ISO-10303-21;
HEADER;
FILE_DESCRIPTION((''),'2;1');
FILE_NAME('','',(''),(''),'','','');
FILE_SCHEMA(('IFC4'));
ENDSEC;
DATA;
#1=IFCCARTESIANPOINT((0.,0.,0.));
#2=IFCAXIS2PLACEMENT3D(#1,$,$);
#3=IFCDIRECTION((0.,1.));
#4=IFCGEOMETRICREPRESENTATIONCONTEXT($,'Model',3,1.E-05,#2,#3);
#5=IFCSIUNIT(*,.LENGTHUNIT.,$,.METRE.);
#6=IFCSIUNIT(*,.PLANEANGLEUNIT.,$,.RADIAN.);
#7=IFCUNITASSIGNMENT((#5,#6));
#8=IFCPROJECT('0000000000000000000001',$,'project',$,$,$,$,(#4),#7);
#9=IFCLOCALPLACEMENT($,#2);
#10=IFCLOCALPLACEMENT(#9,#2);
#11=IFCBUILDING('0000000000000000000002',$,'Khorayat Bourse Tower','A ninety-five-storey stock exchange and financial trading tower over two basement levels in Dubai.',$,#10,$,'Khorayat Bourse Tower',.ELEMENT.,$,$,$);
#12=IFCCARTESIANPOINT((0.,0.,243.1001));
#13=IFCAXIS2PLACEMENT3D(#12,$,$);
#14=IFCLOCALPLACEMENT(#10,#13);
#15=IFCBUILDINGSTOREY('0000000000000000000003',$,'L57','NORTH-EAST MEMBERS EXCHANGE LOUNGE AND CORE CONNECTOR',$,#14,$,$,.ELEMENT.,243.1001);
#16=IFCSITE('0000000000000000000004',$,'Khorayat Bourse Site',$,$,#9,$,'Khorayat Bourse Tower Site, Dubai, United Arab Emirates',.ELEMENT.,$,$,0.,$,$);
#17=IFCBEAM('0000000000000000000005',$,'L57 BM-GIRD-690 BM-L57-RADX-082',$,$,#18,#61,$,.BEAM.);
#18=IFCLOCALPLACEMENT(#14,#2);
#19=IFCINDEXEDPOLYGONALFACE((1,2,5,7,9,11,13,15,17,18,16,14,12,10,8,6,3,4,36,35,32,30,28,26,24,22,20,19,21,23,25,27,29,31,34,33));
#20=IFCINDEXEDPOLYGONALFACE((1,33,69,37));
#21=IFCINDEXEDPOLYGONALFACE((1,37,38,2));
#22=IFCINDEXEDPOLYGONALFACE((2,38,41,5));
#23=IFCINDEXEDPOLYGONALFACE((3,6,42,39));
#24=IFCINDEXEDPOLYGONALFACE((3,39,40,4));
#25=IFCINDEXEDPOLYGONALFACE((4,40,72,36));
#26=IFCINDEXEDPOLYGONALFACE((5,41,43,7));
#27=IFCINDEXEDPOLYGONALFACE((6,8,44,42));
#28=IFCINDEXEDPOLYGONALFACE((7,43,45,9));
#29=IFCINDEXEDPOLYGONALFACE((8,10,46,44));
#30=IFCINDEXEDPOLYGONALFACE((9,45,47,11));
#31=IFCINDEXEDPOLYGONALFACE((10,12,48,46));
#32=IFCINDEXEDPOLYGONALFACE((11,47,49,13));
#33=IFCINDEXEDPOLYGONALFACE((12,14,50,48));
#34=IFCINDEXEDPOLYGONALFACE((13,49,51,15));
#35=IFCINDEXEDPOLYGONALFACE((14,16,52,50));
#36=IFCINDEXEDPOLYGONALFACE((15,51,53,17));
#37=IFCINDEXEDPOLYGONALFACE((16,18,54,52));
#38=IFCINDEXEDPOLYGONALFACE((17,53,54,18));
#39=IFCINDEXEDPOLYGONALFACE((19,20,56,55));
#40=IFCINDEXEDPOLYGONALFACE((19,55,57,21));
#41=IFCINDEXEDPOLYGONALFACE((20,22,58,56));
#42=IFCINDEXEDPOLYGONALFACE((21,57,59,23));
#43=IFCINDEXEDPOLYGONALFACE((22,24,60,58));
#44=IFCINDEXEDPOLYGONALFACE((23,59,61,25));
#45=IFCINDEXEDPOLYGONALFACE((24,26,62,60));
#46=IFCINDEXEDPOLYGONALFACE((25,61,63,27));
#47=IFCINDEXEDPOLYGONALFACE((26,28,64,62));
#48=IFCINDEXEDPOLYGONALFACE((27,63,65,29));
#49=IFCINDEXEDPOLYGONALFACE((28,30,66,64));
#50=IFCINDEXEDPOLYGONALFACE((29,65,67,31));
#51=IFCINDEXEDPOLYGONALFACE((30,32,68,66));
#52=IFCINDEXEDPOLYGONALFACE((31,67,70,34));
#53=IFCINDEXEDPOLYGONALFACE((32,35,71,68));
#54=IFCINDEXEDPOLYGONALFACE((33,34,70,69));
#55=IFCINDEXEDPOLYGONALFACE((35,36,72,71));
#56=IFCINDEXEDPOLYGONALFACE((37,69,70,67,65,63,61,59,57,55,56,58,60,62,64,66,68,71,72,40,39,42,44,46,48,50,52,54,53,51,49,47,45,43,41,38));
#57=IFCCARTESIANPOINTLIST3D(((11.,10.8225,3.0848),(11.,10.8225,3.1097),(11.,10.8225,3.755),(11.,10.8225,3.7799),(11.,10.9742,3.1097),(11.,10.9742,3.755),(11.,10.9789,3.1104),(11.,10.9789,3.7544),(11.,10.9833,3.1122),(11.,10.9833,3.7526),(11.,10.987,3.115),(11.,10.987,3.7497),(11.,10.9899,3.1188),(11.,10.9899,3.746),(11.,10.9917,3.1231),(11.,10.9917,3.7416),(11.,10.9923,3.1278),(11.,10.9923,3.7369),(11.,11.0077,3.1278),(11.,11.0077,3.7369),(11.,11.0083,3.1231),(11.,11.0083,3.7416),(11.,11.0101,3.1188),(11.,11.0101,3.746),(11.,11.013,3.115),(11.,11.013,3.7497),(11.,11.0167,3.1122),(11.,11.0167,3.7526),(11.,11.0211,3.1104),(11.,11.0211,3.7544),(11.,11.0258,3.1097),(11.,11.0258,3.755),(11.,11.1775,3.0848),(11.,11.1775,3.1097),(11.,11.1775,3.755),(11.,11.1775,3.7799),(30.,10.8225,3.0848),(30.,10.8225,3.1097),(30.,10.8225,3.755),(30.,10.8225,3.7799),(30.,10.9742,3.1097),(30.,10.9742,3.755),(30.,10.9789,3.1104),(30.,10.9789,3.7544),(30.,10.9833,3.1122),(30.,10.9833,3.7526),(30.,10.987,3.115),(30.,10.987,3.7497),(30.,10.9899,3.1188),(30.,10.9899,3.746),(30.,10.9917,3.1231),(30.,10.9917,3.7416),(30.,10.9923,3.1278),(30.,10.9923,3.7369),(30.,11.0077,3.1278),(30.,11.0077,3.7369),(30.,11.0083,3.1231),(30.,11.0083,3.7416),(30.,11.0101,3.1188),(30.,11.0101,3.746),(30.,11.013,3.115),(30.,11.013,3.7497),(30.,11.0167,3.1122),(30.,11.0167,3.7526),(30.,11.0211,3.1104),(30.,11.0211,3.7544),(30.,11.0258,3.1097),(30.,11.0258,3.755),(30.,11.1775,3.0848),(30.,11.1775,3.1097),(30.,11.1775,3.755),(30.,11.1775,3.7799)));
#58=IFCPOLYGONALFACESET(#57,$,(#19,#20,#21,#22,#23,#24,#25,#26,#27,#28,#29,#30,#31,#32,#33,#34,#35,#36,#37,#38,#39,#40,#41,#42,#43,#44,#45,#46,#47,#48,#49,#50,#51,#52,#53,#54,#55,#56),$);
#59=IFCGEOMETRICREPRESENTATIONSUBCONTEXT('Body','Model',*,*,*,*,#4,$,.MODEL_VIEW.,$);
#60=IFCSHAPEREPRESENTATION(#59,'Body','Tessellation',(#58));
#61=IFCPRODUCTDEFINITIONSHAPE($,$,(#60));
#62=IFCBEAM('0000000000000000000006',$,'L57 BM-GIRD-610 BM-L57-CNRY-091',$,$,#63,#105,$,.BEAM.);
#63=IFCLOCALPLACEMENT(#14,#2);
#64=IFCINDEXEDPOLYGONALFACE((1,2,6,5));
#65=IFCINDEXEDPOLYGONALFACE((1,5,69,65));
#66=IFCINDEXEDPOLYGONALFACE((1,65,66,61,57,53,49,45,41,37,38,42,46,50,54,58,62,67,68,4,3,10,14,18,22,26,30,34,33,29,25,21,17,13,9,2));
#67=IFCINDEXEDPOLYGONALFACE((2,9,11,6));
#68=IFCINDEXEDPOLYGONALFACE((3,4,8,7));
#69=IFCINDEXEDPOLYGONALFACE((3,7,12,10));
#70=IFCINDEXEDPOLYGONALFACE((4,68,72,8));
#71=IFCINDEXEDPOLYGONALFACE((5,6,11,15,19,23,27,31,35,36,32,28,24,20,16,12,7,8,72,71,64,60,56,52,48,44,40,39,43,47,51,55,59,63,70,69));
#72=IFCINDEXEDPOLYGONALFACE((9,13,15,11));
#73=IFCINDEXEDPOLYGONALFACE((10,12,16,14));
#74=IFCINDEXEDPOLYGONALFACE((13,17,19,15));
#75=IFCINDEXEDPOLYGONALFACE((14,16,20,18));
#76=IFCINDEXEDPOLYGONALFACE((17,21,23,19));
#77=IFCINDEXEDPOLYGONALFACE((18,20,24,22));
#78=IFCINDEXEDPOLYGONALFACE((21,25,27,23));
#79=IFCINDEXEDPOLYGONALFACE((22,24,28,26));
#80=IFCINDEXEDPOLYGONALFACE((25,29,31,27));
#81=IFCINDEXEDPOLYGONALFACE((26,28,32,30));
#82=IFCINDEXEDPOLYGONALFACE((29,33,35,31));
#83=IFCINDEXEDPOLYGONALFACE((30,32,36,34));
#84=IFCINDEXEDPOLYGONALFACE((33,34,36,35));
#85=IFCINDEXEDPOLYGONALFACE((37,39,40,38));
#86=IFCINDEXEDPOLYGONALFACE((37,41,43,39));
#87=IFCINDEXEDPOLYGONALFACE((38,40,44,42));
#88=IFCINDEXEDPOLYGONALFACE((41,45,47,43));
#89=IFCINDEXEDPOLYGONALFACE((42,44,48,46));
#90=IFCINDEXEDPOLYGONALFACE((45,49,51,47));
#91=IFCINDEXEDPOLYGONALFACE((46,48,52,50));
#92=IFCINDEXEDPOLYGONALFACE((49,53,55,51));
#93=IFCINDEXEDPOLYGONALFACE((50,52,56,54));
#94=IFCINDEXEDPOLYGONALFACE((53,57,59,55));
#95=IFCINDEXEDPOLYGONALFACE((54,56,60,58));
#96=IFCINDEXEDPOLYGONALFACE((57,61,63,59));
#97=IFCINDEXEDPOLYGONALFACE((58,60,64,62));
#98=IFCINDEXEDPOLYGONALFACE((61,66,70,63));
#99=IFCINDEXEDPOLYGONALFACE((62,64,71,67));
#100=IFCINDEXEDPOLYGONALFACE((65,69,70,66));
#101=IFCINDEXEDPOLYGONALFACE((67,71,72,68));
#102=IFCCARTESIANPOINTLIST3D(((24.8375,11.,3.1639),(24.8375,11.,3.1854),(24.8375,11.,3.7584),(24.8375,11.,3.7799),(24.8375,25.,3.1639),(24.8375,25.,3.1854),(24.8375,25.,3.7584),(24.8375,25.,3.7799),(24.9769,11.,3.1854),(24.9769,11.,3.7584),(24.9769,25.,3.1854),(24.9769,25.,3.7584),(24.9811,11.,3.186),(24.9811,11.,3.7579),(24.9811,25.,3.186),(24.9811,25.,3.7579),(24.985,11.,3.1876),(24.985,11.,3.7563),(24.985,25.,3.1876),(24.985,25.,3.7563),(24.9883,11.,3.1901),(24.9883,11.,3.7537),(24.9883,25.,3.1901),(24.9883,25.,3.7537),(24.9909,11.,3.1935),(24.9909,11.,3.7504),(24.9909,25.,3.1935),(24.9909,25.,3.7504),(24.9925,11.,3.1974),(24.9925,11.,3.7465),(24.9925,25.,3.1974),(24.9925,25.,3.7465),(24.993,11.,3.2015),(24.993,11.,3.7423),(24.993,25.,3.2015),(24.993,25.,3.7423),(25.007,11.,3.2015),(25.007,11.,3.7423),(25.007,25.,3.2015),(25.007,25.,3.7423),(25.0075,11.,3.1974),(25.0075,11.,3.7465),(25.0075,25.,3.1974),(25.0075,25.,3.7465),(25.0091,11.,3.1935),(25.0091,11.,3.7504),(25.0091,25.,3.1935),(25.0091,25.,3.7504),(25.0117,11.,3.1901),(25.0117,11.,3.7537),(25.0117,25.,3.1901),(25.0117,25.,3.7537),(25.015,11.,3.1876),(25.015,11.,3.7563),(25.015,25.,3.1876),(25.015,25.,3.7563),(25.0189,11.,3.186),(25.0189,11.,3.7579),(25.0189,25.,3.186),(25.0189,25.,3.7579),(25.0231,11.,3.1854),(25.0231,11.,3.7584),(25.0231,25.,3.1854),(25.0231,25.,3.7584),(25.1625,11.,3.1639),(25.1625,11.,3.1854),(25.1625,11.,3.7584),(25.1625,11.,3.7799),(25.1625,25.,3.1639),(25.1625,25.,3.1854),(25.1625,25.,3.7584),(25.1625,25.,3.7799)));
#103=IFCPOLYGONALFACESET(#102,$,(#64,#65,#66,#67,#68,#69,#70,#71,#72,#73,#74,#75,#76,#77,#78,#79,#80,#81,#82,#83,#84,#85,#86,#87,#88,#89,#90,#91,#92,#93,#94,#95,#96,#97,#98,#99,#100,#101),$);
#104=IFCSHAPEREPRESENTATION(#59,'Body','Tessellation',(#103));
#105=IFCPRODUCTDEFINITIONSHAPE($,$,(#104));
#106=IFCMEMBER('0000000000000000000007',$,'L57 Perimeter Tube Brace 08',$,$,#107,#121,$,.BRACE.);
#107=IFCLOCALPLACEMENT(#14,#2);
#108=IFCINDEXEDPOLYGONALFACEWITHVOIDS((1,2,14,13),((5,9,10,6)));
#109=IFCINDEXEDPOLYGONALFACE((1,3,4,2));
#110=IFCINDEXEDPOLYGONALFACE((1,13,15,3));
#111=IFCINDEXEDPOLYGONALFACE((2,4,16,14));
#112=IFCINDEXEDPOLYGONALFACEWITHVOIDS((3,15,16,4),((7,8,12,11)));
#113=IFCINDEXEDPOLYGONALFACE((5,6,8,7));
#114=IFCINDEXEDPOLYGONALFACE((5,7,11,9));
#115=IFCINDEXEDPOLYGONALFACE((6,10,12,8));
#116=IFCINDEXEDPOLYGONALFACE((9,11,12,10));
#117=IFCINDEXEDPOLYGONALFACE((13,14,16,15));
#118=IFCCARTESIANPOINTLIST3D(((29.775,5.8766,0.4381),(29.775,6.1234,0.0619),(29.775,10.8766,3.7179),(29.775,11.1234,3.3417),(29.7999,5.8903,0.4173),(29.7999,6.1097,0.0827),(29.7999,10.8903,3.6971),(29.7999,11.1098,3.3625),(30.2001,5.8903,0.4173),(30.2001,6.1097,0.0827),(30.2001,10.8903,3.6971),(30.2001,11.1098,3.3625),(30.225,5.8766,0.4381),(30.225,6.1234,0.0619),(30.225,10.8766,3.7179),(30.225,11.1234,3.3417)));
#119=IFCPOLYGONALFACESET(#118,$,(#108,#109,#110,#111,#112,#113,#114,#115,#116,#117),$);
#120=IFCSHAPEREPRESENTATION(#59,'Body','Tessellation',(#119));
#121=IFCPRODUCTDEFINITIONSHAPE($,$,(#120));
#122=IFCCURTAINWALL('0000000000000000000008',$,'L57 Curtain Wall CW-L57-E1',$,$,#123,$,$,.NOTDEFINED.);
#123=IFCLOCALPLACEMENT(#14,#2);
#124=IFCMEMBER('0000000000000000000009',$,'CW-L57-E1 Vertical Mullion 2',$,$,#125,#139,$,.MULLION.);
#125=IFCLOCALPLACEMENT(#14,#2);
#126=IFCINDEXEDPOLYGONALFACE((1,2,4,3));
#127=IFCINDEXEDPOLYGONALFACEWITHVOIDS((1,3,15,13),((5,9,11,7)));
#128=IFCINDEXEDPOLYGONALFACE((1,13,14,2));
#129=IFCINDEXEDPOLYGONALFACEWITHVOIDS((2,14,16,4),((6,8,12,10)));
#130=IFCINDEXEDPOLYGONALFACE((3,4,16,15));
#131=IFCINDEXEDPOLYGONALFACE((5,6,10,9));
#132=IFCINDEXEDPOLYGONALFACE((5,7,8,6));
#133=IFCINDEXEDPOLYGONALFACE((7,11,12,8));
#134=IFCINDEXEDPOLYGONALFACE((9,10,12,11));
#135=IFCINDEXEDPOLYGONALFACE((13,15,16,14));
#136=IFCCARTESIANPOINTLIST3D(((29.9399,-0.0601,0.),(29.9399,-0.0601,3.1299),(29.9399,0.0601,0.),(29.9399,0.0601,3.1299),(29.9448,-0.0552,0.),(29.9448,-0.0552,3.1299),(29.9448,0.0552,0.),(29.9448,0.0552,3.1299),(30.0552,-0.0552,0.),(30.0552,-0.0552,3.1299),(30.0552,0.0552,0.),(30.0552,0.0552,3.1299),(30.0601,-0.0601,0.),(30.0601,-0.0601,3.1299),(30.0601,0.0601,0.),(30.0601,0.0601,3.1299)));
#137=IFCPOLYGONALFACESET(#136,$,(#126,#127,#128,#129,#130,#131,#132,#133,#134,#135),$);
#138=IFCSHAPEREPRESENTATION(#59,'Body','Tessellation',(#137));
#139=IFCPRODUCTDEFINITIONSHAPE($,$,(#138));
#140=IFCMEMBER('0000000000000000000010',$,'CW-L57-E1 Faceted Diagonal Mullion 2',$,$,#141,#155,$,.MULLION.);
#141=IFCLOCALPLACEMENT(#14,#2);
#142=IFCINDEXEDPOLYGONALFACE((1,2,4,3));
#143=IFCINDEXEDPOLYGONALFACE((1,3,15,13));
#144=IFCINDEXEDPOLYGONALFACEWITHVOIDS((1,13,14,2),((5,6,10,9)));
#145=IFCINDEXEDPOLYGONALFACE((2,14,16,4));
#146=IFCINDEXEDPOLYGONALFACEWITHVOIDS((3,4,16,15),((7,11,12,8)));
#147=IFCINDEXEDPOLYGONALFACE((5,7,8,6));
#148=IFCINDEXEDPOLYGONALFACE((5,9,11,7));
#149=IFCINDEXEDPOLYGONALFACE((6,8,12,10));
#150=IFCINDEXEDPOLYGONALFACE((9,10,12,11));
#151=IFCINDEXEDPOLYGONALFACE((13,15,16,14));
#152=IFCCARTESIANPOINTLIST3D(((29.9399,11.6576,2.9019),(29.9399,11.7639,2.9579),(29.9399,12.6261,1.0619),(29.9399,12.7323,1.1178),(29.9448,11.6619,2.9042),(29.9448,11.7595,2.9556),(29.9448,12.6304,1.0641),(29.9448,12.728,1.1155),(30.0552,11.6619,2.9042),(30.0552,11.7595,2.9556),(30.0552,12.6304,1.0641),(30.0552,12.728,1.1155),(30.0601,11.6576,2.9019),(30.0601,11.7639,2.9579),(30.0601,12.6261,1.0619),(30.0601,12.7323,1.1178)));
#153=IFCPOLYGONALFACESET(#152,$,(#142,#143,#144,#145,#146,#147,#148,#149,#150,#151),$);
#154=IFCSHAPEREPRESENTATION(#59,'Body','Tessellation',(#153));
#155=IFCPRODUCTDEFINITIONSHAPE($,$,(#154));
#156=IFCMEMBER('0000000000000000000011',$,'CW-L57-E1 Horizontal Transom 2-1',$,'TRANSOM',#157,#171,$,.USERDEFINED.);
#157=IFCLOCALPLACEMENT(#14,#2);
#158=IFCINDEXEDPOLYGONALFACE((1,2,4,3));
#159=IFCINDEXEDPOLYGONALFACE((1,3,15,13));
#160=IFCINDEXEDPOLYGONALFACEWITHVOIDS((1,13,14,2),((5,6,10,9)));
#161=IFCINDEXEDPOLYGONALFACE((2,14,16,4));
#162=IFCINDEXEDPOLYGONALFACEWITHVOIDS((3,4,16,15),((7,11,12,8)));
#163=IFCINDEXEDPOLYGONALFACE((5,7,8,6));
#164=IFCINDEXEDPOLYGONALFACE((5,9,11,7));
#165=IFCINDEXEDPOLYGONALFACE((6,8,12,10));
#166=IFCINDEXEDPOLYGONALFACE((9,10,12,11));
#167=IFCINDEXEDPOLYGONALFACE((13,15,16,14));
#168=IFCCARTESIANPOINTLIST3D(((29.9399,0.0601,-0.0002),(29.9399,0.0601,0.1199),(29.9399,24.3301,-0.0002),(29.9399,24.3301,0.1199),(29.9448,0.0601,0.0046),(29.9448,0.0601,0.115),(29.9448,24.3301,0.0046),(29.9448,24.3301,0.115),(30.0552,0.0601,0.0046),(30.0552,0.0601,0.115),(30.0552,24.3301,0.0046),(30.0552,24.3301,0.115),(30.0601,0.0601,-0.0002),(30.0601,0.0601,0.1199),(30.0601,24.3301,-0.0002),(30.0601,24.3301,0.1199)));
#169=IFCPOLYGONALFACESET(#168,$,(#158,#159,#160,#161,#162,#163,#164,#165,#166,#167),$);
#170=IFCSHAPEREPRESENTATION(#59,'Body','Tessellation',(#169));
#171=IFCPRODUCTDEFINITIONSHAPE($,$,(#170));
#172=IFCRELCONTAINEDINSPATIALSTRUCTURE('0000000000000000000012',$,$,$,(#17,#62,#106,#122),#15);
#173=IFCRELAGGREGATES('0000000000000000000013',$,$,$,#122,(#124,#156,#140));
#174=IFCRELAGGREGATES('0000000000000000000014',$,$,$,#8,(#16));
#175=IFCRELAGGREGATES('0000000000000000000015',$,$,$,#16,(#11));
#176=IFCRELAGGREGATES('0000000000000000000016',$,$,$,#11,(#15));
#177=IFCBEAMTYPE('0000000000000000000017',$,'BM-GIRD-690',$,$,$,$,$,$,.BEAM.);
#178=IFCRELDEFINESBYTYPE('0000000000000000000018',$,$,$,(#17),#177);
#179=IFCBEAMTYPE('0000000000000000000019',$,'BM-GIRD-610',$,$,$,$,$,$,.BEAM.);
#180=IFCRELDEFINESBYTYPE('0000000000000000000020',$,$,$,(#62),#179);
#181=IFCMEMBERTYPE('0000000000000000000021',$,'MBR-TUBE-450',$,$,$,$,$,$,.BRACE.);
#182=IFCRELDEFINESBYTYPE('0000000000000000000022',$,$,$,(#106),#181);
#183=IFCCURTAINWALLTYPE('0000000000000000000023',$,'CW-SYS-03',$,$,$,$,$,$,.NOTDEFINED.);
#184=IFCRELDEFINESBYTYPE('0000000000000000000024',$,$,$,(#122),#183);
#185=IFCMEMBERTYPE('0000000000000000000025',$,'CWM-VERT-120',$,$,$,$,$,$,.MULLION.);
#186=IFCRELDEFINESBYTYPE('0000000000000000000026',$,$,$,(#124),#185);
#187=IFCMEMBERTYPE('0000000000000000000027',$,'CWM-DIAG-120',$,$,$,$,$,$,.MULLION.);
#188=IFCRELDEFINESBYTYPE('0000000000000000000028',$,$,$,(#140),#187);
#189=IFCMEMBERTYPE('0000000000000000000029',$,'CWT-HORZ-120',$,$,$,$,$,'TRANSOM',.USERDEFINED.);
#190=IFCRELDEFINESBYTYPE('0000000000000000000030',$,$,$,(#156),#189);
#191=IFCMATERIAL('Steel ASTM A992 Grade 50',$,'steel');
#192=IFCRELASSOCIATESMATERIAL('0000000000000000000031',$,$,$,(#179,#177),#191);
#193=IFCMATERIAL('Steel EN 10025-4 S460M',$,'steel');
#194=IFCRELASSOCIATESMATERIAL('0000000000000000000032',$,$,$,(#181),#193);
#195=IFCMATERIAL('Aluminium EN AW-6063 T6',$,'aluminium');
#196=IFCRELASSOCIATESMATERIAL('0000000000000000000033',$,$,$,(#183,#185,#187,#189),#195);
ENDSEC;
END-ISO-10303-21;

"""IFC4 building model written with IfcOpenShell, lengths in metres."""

from ifc_helpers import new_model, si_unit, direction, frame, origin, origin_2d, place, context, subcontext, project, spatial, hollow_rectangle, i_section, extrude, source, transform, mapped, material, material_profile, profile_set, type_object, element, aggregate, save


model = new_model("IFC4")

# Units and contexts
model_context = context("Model", 3, precision=1e-05, world=origin(), true_north=direction((0.0, 1.0)))
body_context = subcontext(model_context, "Body", "Model", "MODEL_VIEW")
ifc_project = project(units=[si_unit("LENGTHUNIT", "METRE"), si_unit("PLANEANGLEUNIT", "RADIAN")], contexts=[model_context])

# Site, building, storey
site_placement = place(None, origin())
site = spatial("IfcSite", under=ifc_project, at=site_placement, Name="Khorayat Bourse Site", LongName="Khorayat Bourse Tower Site, Dubai, United Arab Emirates", CompositionType="ELEMENT", RefElevation=0.0)
building_placement = place(site_placement, origin())
building = spatial("IfcBuilding", under=site, at=building_placement, Name="Khorayat Bourse Tower", Description="A ninety-five-storey stock exchange and financial trading tower over two basement levels in Dubai.", LongName="Khorayat Bourse Tower", CompositionType="ELEMENT")
storey_placement = place(building_placement, frame((0.0, 0.0, 243.1001)))
storey = spatial("IfcBuildingStorey", under=building, at=storey_placement, Name="L57", Description="NORTH-EAST MEMBERS EXCHANGE LOUNGE AND CORE CONNECTOR", CompositionType="ELEMENT", Elevation=243.1001)

# Shared definitions
ifc_material_1 = material(Name="Steel EN 10025-4 S460M", Category="steel")

# Beams
ifc_material_2 = material(Name="Steel ASTM A992 Grade 50", Category="steel")
ifc_material_profile_1 = material_profile(ifc_material_2, i_section(OverallWidth=0.325, OverallDepth=0.616, WebThickness=0.0139, FlangeThickness=0.0215, FilletRadius=0.0161, at=origin_2d()), Name="W610X174")
ifc_profile_set_1 = profile_set([ifc_material_profile_1], Name="Steel ASTM A992 Grade 50")
beam_type_1 = type_object("IfcBeamType", Name="BM-GIRD-610", PredefinedType="BEAM", material=ifc_profile_set_1)
ifc_material_profile_2 = material_profile(ifc_material_2, i_section(OverallWidth=0.355, OverallDepth=0.6951, WebThickness=0.0154, FlangeThickness=0.0249, FilletRadius=0.0181, at=origin_2d()), Name="W690X217")
ifc_profile_set_2 = profile_set([ifc_material_profile_2], Name="Steel ASTM A992 Grade 50")
beam_type_2 = type_object("IfcBeamType", Name="BM-GIRD-690", PredefinedType="BEAM", material=ifc_profile_set_2)
shared_shape_1 = source(origin(), body_context, "Body", "SweptSolid", [
    extrude(i_section(OverallWidth=0.355, OverallDepth=0.6951, WebThickness=0.0154, FlangeThickness=0.0249, FilletRadius=0.0181, at=origin_2d()), origin(), (0.0, 0.0, 1.0), 19.0),
])
for number, where, z_axis, x_axis, name in (
    (1, (11.0, 11.0, 3.4324), (1.0, 0.0, 0.0), (0.0, 1.0, 0.0), "L57 BM-GIRD-690 BM-L57-RADX-082"),
):
    element("IfcBeam", number, at=place(storey_placement, frame(where, z_axis=z_axis, x_axis=x_axis)), inside=storey, type_object=beam_type_2, Name=name, PredefinedType="BEAM", context=body_context, shape_type="MappedRepresentation", body=[
        mapped(shared_shape_1, transform((0.0, 0.0, 0.0), scale=1.0)),
    ])
shared_shape_2 = source(origin(), body_context, "Body", "SweptSolid", [
    extrude(i_section(OverallWidth=0.325, OverallDepth=0.616, WebThickness=0.0139, FlangeThickness=0.0215, FilletRadius=0.0161, at=origin_2d()), origin(), (0.0, 0.0, 1.0), 14.0),
])
beam_1_placement = place(storey_placement, frame((25.0, 11.0, 3.4719), z_axis=(0.0, 1.0, 0.0), x_axis=(-1.0, 0.0, 0.0)))
element("IfcBeam", 2, at=beam_1_placement, inside=storey, type_object=beam_type_1, Name="L57 BM-GIRD-610 BM-L57-CNRY-091", PredefinedType="BEAM", context=body_context, shape_type="MappedRepresentation", body=[
    mapped(shared_shape_2, transform((0.0, 0.0, 0.0), scale=1.0)),
])

# Member
ifc_material_profile_3 = material_profile(ifc_material_1, hollow_rectangle(XDim=0.45, YDim=0.45, WallThickness=0.0249, at=origin_2d()), Name="HSS 450x450x25")
ifc_profile_set_3 = profile_set([ifc_material_profile_3], Name="Steel EN 10025-4 S460M")
member_type_1 = type_object("IfcMemberType", Name="MBR-TUBE-450", PredefinedType="BRACE", material=ifc_profile_set_3)
shared_shape_3 = source(origin(), body_context, "Body", "SweptSolid", [
    extrude(hollow_rectangle(XDim=0.45, YDim=0.45, WallThickness=0.0249, at=origin_2d()), origin(), (0.0, 0.0, 1.0), 5.9797),
])
member_1_placement = place(storey_placement, frame((30.0, 6.0, 0.25), z_axis=(0.0, 0.83616, 0.548485), x_axis=(-1.0, 0.0, 0.0)))
element("IfcMember", 3, at=member_1_placement, inside=storey, type_object=member_type_1, Name="L57 Perimeter Tube Brace 08", PredefinedType="BRACE", context=body_context, shape_type="MappedRepresentation", body=[
    mapped(shared_shape_3, transform((0.0, 0.0, 0.0), scale=1.0)),
])

# Curtain wall, members
ifc_material_3 = material(Name="Aluminium EN AW-6063 T6", Category="aluminium")
curtain_wall_type = type_object("IfcCurtainWallType", Name="CW-SYS-03", PredefinedType="NOTDEFINED", material=ifc_material_3)
curtain_wall_placement = place(storey_placement, origin())
curtain_wall = element("IfcCurtainWall", 4, at=curtain_wall_placement, inside=storey, type_object=curtain_wall_type, Name="L57 Curtain Wall CW-L57-E1", PredefinedType="NOTDEFINED")
ifc_material_profile_4 = material_profile(ifc_material_3, hollow_rectangle(XDim=0.1201, YDim=0.1201, WallThickness=0.0049, at=origin_2d()), Name="ALU 120x120x5")
ifc_profile_set_4 = profile_set([ifc_material_profile_4], Name="Aluminium EN AW-6063 T6")
member_type_2 = type_object("IfcMemberType", Name="CWM-VERT-120", PredefinedType="MULLION", material=ifc_profile_set_4)
shared_shape_4 = source(origin(), body_context, "Body", "SweptSolid", [
    extrude(hollow_rectangle(XDim=0.1201, YDim=0.1201, WallThickness=0.0049, at=origin_2d()), origin(), (0.0, 0.0, 1.0), 3.1299),
])
member_2_placement = place(storey_placement, frame((30.0, 0.0, 0.0), z_axis=(0.0, 0.0, 1.0), x_axis=(-1.0, 0.0, 0.0)))
member_2 = element("IfcMember", 5, at=member_2_placement, type_object=member_type_2, Name="CW-L57-E1 Vertical Mullion 2", PredefinedType="MULLION", context=body_context, shape_type="MappedRepresentation", body=[
    mapped(shared_shape_4, transform((0.0, 0.0, 0.0), scale=1.0)),
])
ifc_material_profile_5 = material_profile(ifc_material_3, hollow_rectangle(XDim=0.1201, YDim=0.1201, WallThickness=0.0049, at=origin_2d()), Name="ALU 120x120x5")
ifc_profile_set_5 = profile_set([ifc_material_profile_5], Name="Aluminium EN AW-6063 T6")
member_type_3 = type_object("IfcMemberType", Name="CWM-DIAG-120", PredefinedType="MULLION", material=ifc_profile_set_5)
shared_shape_5 = source(origin(), body_context, "Body", "SweptSolid", [
    extrude(hollow_rectangle(XDim=0.1201, YDim=0.1201, WallThickness=0.0049, at=origin_2d()), origin(), (0.0, 0.0, 1.0), 2.0793),
])
member_3_placement = place(storey_placement, frame((30.0, 12.6792, 1.0898), z_axis=(0.0, -0.465761, 0.884911), x_axis=(1.0, 0.0, 0.0)))
member_3 = element("IfcMember", 6, at=member_3_placement, type_object=member_type_3, Name="CW-L57-E1 Faceted Diagonal Mullion 2", PredefinedType="MULLION", context=body_context, shape_type="MappedRepresentation", body=[
    mapped(shared_shape_5, transform((0.0, 0.0, 0.0), scale=1.0)),
])
ifc_material_profile_6 = material_profile(ifc_material_3, hollow_rectangle(XDim=0.1201, YDim=0.1201, WallThickness=0.0049, at=origin_2d()), Name="ALU 120x120x5")
ifc_profile_set_6 = profile_set([ifc_material_profile_6], Name="Aluminium EN AW-6063 T6")
member_type_4 = type_object("IfcMemberType", Name="CWT-HORZ-120", ElementType="TRANSOM", PredefinedType="USERDEFINED", material=ifc_profile_set_6)
shared_shape_6 = source(origin(), body_context, "Body", "SweptSolid", [
    extrude(hollow_rectangle(XDim=0.1201, YDim=0.1201, WallThickness=0.0049, at=origin_2d()), origin(), (0.0, 0.0, 1.0), 24.27),
])
member_4_placement = place(storey_placement, frame((30.0, 0.0601, 0.0598), z_axis=(0.0, 1.0, 0.0), x_axis=(-1.0, 0.0, 0.0)))
member_4 = element("IfcMember", 7, at=member_4_placement, type_object=member_type_4, Name="CW-L57-E1 Horizontal Transom 2-1", ObjectType="TRANSOM", PredefinedType="USERDEFINED", context=body_context, shape_type="MappedRepresentation", body=[
    mapped(shared_shape_6, transform((0.0, 0.0, 0.0), scale=1.0)),
])

aggregate(curtain_wall, [member_2, member_4, member_3])

save(model, "model.ifc")
